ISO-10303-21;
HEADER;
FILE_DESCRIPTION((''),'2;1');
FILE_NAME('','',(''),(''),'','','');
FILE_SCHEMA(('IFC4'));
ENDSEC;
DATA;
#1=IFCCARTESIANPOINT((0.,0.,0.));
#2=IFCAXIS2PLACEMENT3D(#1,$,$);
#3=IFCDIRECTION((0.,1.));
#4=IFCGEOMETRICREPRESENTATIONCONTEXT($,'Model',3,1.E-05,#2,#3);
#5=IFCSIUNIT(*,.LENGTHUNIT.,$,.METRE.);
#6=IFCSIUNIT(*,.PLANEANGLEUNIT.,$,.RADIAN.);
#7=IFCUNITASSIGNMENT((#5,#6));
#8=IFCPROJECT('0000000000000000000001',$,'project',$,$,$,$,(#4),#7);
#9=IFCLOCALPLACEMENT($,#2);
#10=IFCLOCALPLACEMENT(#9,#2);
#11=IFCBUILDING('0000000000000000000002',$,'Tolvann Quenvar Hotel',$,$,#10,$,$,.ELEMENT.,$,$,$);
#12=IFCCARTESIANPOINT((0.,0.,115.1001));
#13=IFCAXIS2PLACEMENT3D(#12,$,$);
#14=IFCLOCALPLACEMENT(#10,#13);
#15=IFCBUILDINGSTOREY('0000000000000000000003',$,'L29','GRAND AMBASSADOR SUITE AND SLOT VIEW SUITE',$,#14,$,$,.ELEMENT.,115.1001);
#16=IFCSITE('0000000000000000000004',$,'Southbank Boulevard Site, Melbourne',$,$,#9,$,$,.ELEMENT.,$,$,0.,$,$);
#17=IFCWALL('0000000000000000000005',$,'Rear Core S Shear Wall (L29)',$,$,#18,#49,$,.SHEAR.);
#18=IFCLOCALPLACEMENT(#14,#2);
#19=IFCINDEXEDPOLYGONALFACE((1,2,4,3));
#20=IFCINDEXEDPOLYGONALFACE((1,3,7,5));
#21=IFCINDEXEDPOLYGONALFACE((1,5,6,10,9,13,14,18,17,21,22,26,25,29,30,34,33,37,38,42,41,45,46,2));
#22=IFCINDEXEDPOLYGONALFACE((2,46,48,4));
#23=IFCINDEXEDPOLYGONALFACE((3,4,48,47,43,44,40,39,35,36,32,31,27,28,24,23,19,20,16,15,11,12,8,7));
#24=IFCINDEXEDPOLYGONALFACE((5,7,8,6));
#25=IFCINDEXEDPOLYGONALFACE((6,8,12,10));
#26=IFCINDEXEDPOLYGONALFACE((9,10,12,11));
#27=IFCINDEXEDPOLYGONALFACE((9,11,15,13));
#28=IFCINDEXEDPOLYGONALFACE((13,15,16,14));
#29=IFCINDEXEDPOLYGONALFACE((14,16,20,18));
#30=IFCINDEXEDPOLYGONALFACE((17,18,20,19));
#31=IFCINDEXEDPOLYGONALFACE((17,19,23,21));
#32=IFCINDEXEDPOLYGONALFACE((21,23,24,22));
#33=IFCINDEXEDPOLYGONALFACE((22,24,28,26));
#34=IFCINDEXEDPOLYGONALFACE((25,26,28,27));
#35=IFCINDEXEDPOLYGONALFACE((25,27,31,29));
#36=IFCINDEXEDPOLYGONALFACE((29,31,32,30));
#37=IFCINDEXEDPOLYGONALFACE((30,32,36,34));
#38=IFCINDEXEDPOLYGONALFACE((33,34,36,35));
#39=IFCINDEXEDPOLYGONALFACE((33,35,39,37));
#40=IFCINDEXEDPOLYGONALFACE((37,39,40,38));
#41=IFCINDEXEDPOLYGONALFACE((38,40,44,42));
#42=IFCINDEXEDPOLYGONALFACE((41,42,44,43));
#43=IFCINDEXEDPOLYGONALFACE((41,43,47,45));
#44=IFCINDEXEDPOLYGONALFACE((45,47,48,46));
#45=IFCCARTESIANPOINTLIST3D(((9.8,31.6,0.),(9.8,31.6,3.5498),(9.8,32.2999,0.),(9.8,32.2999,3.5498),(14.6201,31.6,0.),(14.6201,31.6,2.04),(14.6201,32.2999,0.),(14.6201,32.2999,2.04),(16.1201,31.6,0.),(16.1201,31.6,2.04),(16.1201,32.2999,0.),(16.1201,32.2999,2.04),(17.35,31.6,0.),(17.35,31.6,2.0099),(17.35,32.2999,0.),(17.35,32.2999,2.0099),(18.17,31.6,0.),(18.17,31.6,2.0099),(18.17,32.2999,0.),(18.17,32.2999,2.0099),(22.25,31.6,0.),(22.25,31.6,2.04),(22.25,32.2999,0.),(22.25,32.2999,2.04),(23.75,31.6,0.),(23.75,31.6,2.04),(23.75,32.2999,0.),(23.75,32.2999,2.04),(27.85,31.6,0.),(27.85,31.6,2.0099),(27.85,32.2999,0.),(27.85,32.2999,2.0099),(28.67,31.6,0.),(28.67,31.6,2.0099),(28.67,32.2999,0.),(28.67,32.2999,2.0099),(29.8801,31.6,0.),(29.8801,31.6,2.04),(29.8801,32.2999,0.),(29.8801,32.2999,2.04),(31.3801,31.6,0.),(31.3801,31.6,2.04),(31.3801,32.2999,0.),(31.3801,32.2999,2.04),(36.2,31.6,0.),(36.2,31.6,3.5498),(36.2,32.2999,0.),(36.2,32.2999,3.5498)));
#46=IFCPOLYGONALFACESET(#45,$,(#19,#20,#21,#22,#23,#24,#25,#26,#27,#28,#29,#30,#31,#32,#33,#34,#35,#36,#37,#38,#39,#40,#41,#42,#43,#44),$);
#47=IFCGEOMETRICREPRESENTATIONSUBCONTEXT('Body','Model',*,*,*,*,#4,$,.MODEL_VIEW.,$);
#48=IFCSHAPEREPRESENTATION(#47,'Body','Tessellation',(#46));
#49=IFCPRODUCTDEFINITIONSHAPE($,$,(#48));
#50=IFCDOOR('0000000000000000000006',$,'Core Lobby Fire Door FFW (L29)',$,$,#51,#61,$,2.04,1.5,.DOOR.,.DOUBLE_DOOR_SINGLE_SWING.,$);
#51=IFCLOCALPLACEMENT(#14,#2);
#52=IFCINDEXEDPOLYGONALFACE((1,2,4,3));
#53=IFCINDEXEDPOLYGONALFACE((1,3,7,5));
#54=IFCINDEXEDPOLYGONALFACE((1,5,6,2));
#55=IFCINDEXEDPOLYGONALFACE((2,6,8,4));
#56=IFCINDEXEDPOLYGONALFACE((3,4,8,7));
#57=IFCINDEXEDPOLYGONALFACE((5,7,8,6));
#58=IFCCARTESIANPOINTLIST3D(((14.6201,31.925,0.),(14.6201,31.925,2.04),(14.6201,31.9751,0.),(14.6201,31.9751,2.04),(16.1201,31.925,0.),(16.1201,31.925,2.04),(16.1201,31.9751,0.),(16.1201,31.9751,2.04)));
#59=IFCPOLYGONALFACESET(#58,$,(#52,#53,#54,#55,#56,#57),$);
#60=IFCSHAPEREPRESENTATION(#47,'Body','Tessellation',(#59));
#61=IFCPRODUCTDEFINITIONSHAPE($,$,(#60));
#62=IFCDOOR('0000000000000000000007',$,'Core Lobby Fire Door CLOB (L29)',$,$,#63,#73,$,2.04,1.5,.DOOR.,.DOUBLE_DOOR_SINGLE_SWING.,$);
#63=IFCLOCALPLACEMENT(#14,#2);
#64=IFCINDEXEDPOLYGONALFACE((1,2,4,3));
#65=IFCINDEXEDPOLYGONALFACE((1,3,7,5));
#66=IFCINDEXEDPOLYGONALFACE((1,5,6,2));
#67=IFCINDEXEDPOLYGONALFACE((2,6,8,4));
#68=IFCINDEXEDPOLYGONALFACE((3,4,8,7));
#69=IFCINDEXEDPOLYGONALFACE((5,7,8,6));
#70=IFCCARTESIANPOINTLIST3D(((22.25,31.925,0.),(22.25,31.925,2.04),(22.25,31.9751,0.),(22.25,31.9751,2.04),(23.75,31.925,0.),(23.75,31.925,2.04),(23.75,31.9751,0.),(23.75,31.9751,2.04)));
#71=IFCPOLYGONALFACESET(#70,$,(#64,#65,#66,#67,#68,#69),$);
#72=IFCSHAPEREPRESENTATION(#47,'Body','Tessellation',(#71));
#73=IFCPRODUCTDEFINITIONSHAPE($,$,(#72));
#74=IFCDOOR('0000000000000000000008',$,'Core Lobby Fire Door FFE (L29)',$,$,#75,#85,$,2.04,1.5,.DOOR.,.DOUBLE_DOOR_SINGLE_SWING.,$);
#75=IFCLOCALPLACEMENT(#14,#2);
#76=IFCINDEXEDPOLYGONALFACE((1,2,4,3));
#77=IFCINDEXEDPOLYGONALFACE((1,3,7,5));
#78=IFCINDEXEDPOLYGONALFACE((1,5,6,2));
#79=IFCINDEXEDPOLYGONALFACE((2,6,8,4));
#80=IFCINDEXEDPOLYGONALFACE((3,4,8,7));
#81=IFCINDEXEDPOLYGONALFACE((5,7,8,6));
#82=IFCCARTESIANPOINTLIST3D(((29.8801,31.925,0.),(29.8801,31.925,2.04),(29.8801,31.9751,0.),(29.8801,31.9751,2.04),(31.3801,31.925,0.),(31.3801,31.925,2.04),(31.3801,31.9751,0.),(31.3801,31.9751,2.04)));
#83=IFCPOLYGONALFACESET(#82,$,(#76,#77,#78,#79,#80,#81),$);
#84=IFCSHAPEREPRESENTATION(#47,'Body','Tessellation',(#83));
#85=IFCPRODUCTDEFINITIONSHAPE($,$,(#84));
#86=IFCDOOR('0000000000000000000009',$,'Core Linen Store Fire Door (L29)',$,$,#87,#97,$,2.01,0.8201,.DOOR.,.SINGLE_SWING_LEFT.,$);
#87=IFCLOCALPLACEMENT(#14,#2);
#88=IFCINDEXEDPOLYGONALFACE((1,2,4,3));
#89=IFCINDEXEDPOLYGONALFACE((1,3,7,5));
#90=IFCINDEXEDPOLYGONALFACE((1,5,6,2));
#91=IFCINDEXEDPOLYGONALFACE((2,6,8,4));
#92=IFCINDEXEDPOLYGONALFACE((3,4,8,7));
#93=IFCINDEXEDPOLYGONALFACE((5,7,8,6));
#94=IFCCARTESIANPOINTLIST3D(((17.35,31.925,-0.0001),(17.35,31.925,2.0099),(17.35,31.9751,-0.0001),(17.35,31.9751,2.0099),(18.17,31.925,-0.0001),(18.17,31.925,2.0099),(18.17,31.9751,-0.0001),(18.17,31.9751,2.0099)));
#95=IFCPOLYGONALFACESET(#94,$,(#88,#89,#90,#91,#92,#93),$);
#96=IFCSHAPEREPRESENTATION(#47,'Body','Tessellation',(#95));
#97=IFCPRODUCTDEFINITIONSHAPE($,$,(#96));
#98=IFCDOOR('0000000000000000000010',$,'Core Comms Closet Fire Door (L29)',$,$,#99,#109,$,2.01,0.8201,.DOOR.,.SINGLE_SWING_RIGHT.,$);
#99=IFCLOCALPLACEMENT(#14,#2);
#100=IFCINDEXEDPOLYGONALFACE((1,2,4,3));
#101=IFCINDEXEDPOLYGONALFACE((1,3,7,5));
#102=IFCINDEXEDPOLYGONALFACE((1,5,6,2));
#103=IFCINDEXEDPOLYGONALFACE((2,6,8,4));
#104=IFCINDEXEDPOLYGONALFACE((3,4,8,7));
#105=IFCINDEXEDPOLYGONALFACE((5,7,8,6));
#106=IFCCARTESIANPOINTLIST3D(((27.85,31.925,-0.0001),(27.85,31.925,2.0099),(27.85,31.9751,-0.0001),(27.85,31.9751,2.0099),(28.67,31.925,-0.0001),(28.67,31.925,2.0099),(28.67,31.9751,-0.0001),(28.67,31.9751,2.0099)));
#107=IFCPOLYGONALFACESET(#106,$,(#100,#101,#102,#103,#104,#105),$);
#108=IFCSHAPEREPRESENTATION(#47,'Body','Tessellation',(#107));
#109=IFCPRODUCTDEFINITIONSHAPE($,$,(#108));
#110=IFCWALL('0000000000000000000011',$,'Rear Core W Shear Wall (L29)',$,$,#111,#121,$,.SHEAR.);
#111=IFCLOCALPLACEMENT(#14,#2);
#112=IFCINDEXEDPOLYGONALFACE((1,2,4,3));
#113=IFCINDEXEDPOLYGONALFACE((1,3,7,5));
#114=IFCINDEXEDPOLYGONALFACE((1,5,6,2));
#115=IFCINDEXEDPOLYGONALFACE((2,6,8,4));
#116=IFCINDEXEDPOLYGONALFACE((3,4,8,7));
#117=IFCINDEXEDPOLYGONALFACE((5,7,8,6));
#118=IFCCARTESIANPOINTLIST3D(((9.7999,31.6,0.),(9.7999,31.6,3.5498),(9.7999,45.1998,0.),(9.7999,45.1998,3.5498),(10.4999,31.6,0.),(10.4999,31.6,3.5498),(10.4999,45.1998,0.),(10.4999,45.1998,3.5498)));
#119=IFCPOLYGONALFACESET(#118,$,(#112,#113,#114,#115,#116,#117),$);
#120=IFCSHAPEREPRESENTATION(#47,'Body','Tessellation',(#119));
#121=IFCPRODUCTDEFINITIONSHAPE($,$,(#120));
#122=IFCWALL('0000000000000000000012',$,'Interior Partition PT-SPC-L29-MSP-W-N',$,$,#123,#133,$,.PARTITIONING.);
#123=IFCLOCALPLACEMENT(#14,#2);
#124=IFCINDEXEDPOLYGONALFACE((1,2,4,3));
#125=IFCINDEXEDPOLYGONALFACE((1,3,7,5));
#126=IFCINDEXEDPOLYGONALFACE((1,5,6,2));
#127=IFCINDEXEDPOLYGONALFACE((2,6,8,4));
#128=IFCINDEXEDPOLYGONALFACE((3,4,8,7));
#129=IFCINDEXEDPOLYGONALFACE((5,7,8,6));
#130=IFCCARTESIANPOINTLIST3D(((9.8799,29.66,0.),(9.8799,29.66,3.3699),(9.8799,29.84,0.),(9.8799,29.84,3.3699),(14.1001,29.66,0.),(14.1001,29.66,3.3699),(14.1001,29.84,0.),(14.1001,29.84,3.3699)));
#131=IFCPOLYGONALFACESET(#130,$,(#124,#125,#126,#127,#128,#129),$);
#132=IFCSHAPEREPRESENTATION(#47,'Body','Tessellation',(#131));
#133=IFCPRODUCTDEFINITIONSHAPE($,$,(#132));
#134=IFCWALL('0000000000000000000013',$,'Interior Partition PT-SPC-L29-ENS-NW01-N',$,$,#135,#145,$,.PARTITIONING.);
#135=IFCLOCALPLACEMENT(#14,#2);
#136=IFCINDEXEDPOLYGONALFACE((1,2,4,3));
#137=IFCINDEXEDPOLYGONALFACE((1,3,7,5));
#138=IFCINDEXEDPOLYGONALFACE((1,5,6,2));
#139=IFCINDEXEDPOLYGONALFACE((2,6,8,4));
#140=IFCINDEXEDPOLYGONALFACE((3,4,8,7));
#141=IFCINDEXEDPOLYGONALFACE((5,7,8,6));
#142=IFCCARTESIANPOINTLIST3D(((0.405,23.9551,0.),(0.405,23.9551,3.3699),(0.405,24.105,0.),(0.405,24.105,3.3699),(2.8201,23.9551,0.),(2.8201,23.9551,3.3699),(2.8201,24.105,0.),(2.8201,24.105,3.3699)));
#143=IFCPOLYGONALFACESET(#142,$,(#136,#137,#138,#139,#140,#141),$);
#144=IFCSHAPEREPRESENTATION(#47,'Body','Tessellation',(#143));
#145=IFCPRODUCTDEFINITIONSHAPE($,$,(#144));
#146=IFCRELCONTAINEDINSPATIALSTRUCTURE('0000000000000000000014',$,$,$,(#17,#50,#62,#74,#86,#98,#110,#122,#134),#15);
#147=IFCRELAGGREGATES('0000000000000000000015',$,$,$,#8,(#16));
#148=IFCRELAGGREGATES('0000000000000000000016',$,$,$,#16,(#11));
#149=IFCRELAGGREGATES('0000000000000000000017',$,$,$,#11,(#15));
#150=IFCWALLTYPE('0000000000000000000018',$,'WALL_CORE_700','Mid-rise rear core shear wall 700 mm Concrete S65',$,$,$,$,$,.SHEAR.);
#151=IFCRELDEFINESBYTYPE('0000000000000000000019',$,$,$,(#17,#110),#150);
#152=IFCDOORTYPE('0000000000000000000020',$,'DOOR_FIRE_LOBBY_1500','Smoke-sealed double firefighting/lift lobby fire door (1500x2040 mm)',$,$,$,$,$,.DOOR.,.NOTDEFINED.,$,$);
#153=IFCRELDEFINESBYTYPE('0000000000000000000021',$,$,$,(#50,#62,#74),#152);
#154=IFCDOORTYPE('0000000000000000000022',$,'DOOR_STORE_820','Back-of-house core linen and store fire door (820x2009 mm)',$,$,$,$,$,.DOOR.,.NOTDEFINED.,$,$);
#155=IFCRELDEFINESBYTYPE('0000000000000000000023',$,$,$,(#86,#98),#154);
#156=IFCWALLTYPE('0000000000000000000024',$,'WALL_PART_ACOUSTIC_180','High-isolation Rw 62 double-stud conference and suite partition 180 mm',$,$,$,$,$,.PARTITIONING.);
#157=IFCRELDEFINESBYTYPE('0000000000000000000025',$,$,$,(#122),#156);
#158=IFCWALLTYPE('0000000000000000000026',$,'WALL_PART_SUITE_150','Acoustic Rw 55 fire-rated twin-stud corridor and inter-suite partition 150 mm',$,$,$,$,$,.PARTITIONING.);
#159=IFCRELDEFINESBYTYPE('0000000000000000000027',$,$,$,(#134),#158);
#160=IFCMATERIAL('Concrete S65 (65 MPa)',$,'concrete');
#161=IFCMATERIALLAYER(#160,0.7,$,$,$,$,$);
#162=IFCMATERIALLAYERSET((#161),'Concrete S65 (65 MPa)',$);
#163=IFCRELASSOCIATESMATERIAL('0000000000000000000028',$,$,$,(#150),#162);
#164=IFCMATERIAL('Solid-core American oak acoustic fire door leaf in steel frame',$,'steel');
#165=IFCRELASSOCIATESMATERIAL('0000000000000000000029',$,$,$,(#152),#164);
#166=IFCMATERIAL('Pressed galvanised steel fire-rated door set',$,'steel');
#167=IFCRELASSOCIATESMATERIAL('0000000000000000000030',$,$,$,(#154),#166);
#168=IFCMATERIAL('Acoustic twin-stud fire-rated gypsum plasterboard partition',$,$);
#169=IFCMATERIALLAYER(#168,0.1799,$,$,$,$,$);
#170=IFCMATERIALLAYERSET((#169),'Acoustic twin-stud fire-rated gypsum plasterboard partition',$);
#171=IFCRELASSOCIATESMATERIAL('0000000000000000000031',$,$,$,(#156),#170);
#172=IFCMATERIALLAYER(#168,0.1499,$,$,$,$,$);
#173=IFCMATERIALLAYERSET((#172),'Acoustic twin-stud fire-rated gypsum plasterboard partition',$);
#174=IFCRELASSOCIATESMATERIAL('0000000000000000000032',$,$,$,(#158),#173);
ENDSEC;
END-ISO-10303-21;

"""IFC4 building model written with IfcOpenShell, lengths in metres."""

from ifc_helpers import new_model, si_unit, direction, frame, frame_2d, origin, place, context, subcontext, project, spatial, rectangle, extrude, source, transform, mapped, material, layer, layer_set, type_object, type_shapes, element, fill, save


model = new_model("IFC4")

# Units and contexts
model_context = context("Model", 3, precision=1e-05, world=origin(), true_north=direction((0.0, 1.0)))
body_context = subcontext(model_context, "Body", "Model", "MODEL_VIEW")
ifc_project = project(units=[si_unit("LENGTHUNIT", "METRE"), si_unit("PLANEANGLEUNIT", "RADIAN")], contexts=[model_context])

# Site, building, storey
site_placement = place(None, origin())
site = spatial("IfcSite", under=ifc_project, at=site_placement, Name="Southbank Boulevard Site, Melbourne", CompositionType="ELEMENT", RefElevation=0.0)
building_placement = place(site_placement, origin())
building = spatial("IfcBuilding", under=site, at=building_placement, Name="Tolvann Quenvar Hotel", CompositionType="ELEMENT")
storey_placement = place(building_placement, frame((0.0, 0.0, 115.1001)))
storey = spatial("IfcBuildingStorey", under=building, at=storey_placement, Name="L29", Description="GRAND AMBASSADOR SUITE AND SLOT VIEW SUITE", CompositionType="ELEMENT", Elevation=115.1001)

# Shared definitions
ifc_material_1 = material(Name="Concrete S65 (65 MPa)", Category="concrete")

# Wall, openings, doors
ifc_layer_1 = layer(ifc_material_1, 0.7)
ifc_layer_set_1 = layer_set([ifc_layer_1], Name="Concrete S65 (65 MPa)")
wall_type_1 = type_object("IfcWallType", Name="WALL_CORE_700", Description="Mid-rise rear core shear wall 700 mm Concrete S65", PredefinedType="SHEAR", material=ifc_layer_set_1)
wall_1_placement = place(storey_placement, frame((9.8, 31.95, 0.0), z_axis=(0.0, 0.0, 1.0), x_axis=(1.0, 0.0, 0.0)))
wall_1 = element("IfcWall", 1, at=wall_1_placement, inside=storey, type_object=wall_type_1, Name="Rear Core S Shear Wall (L29)", PredefinedType="SHEAR", context=body_context, shape_type="SweptSolid", body=[
    extrude(rectangle(XDim=26.3999, YDim=0.7, at=frame_2d((13.2, 0.0))), origin(), (0.0, 0.0, 1.0), 3.5498),
])
opening_1_placement = place(wall_1_placement, frame((6.3201, 0.0, 0.0), z_axis=(0.0, 0.0, 1.0), x_axis=(-1.0, 0.0, 0.0)))
opening_1 = element("IfcOpeningElement", 2, at=opening_1_placement, cuts=wall_1, PredefinedType="OPENING", context=body_context, shape_type="SweptSolid", body=[
    extrude(rectangle(XDim=1.5, YDim=2.04, at=frame_2d((0.75, 1.02))), frame((0.0, 0.3599, 0.0), z_axis=(0.0, -1.0, 0.0), x_axis=(1.0, 0.0, 0.0)), (0.0, 0.0, 1.0), 0.72),
])
opening_2_placement = place(wall_1_placement, frame((13.95, 0.0, 0.0), z_axis=(0.0, 0.0, 1.0), x_axis=(-1.0, 0.0, 0.0)))
opening_2 = element("IfcOpeningElement", 3, at=opening_2_placement, cuts=wall_1, PredefinedType="OPENING", context=body_context, shape_type="SweptSolid", body=[
    extrude(rectangle(XDim=1.5, YDim=2.04, at=frame_2d((0.75, 1.02))), frame((0.0, 0.3599, 0.0), z_axis=(0.0, -1.0, 0.0), x_axis=(1.0, 0.0, 0.0)), (0.0, 0.0, 1.0), 0.72),
])
opening_3_placement = place(wall_1_placement, frame((21.5801, 0.0, 0.0), z_axis=(0.0, 0.0, 1.0), x_axis=(-1.0, 0.0, 0.0)))
opening_3 = element("IfcOpeningElement", 4, at=opening_3_placement, cuts=wall_1, PredefinedType="OPENING", context=body_context, shape_type="SweptSolid", body=[
    extrude(rectangle(XDim=1.5, YDim=2.04, at=frame_2d((0.75, 1.02))), frame((0.0, 0.3599, 0.0), z_axis=(0.0, -1.0, 0.0), x_axis=(1.0, 0.0, 0.0)), (0.0, 0.0, 1.0), 0.72),
])
opening_4_placement = place(wall_1_placement, frame((8.3701, 0.0, 0.0), z_axis=(0.0, 0.0, 1.0), x_axis=(-1.0, 0.0, 0.0)))
opening_4 = element("IfcOpeningElement", 5, at=opening_4_placement, cuts=wall_1, PredefinedType="OPENING", context=body_context, shape_type="SweptSolid", body=[
    extrude(rectangle(XDim=0.8201, YDim=2.01, at=frame_2d((0.4102, 1.0049))), frame((0.0, 0.3599, 0.0), z_axis=(0.0, -1.0, 0.0), x_axis=(1.0, 0.0, 0.0)), (0.0, 0.0, 1.0), 0.72),
])
opening_5_placement = place(wall_1_placement, frame((18.8701, 0.0, 0.0), z_axis=(0.0, 0.0, 1.0), x_axis=(-1.0, 0.0, 0.0)))
opening_5 = element("IfcOpeningElement", 6, at=opening_5_placement, cuts=wall_1, PredefinedType="OPENING", context=body_context, shape_type="SweptSolid", body=[
    extrude(rectangle(XDim=0.8201, YDim=2.01, at=frame_2d((0.4102, 1.0049))), frame((0.0, 0.3599, 0.0), z_axis=(0.0, -1.0, 0.0), x_axis=(1.0, 0.0, 0.0)), (0.0, 0.0, 1.0), 0.72),
])
ifc_material_2 = material(Name="Solid-core American oak acoustic fire door leaf in steel frame", Category="steel")
door_type_1 = type_object("IfcDoorType", Name="DOOR_FIRE_LOBBY_1500", Description="Smoke-sealed double firefighting/lift lobby fire door (1500x2040 mm)", OperationType="NOTDEFINED", PredefinedType="DOOR", material=ifc_material_2)
shared_shape_1 = source(origin(), body_context, "Body", "SweptSolid", [
    extrude(rectangle(XDim=1.5, YDim=2.04, at=frame_2d((0.75, 1.02))), frame((0.0, 0.0249, 0.0), z_axis=(0.0, -1.0, 0.0), x_axis=(1.0, 0.0, 0.0)), (0.0, 0.0, 1.0), 0.05),
])
type_shapes(door_type_1, [shared_shape_1])
door_1_placement = place(opening_1_placement, origin())
door_1 = element("IfcDoor", 7, at=door_1_placement, inside=storey, type_object=door_type_1, Name="Core Lobby Fire Door FFW (L29)", OperationType="DOUBLE_DOOR_SINGLE_SWING", OverallHeight=2.04, OverallWidth=1.5, PredefinedType="DOOR", context=body_context, shape_type="MappedRepresentation", body=[
    mapped(shared_shape_1, transform((0.0, 0.0, 0.0), x_axis=(1.0, 0.0, 0.0), y_axis=(0.0, 1.0, 0.0), z_axis=(0.0, 0.0, 1.0), scale=1.0)),
])
fill(opening_1, door_1)
door_2_placement = place(opening_2_placement, origin())
door_2 = element("IfcDoor", 8, at=door_2_placement, inside=storey, type_object=door_type_1, Name="Core Lobby Fire Door CLOB (L29)", OperationType="DOUBLE_DOOR_SINGLE_SWING", OverallHeight=2.04, OverallWidth=1.5, PredefinedType="DOOR", context=body_context, shape_type="MappedRepresentation", body=[
    mapped(shared_shape_1, transform((0.0, 0.0, 0.0), x_axis=(1.0, 0.0, 0.0), y_axis=(0.0, 1.0, 0.0), z_axis=(0.0, 0.0, 1.0), scale=1.0)),
])
fill(opening_2, door_2)
door_3_placement = place(opening_3_placement, origin())
door_3 = element("IfcDoor", 9, at=door_3_placement, inside=storey, type_object=door_type_1, Name="Core Lobby Fire Door FFE (L29)", OperationType="DOUBLE_DOOR_SINGLE_SWING", OverallHeight=2.04, OverallWidth=1.5, PredefinedType="DOOR", context=body_context, shape_type="MappedRepresentation", body=[
    mapped(shared_shape_1, transform((0.0, 0.0, 0.0), x_axis=(1.0, 0.0, 0.0), y_axis=(0.0, 1.0, 0.0), z_axis=(0.0, 0.0, 1.0), scale=1.0)),
])
fill(opening_3, door_3)
ifc_material_3 = material(Name="Pressed galvanised steel fire-rated door set", Category="steel")
door_type_2 = type_object("IfcDoorType", Name="DOOR_STORE_820", Description="Back-of-house core linen and store fire door (820x2009 mm)", OperationType="NOTDEFINED", PredefinedType="DOOR", material=ifc_material_3)
shared_shape_2 = source(origin(), body_context, "Body", "SweptSolid", [
    extrude(rectangle(XDim=0.8201, YDim=2.01, at=frame_2d((0.4102, 1.0049))), frame((0.0, 0.0249, 0.0), z_axis=(0.0, -1.0, 0.0), x_axis=(1.0, 0.0, 0.0)), (0.0, 0.0, 1.0), 0.05),
])
type_shapes(door_type_2, [shared_shape_2])
door_4_placement = place(opening_4_placement, origin())
door_4 = element("IfcDoor", 10, at=door_4_placement, inside=storey, type_object=door_type_2, Name="Core Linen Store Fire Door (L29)", OperationType="SINGLE_SWING_LEFT", OverallHeight=2.01, OverallWidth=0.8201, PredefinedType="DOOR", context=body_context, shape_type="MappedRepresentation", body=[
    mapped(shared_shape_2, transform((0.0, 0.0, 0.0), x_axis=(1.0, 0.0, 0.0), y_axis=(0.0, 1.0, 0.0), z_axis=(0.0, 0.0, 1.0), scale=1.0)),
])
fill(opening_4, door_4)
door_5_placement = place(opening_5_placement, origin())
door_5 = element("IfcDoor", 11, at=door_5_placement, inside=storey, type_object=door_type_2, Name="Core Comms Closet Fire Door (L29)", OperationType="SINGLE_SWING_RIGHT", OverallHeight=2.01, OverallWidth=0.8201, PredefinedType="DOOR", context=body_context, shape_type="MappedRepresentation", body=[
    mapped(shared_shape_2, transform((0.0, 0.0, 0.0), x_axis=(1.0, 0.0, 0.0), y_axis=(0.0, 1.0, 0.0), z_axis=(0.0, 0.0, 1.0), scale=1.0)),
])
fill(opening_5, door_5)

# Walls
wall_2_placement = place(storey_placement, frame((10.1499, 31.6001, 0.0), z_axis=(0.0, 0.0, 1.0), x_axis=(0.0, 1.0, 0.0)))
element("IfcWall", 12, at=wall_2_placement, inside=storey, type_object=wall_type_1, Name="Rear Core W Shear Wall (L29)", PredefinedType="SHEAR", context=body_context, shape_type="SweptSolid", body=[
    extrude(rectangle(XDim=13.5999, YDim=0.7, at=frame_2d((6.7998, 0.0))), origin(), (0.0, 0.0, 1.0), 3.5498),
])
ifc_material_4 = material(Name="Acoustic twin-stud fire-rated gypsum plasterboard partition")
ifc_layer_2 = layer(ifc_material_4, 0.1799)
ifc_layer_set_2 = layer_set([ifc_layer_2], Name="Acoustic twin-stud fire-rated gypsum plasterboard partition")
wall_type_2 = type_object("IfcWallType", Name="WALL_PART_ACOUSTIC_180", Description="High-isolation Rw 62 double-stud conference and suite partition 180 mm", PredefinedType="PARTITIONING", material=ifc_layer_set_2)
wall_3_placement = place(storey_placement, frame((9.8799, 29.75, 0.0), z_axis=(0.0, 0.0, 1.0), x_axis=(1.0, 0.0, 0.0)))
element("IfcWall", 13, at=wall_3_placement, inside=storey, type_object=wall_type_2, Name="Interior Partition PT-SPC-L29-MSP-W-N", PredefinedType="PARTITIONING", context=body_context, shape_type="SweptSolid", body=[
    extrude(rectangle(XDim=4.2202, YDim=0.1799, at=frame_2d((2.1101, 0.0))), origin(), (0.0, 0.0, 1.0), 3.3699),
])
ifc_layer_3 = layer(ifc_material_4, 0.1499)
ifc_layer_set_3 = layer_set([ifc_layer_3], Name="Acoustic twin-stud fire-rated gypsum plasterboard partition")
wall_type_3 = type_object("IfcWallType", Name="WALL_PART_SUITE_150", Description="Acoustic Rw 55 fire-rated twin-stud corridor and inter-suite partition 150 mm", PredefinedType="PARTITIONING", material=ifc_layer_set_3)
wall_4_placement = place(storey_placement, frame((0.405, 24.03, 0.0), z_axis=(0.0, 0.0, 1.0), x_axis=(1.0, 0.0, 0.0)))
element("IfcWall", 14, at=wall_4_placement, inside=storey, type_object=wall_type_3, Name="Interior Partition PT-SPC-L29-ENS-NW01-N", PredefinedType="PARTITIONING", context=body_context, shape_type="SweptSolid", body=[
    extrude(rectangle(XDim=2.415, YDim=0.1499, at=frame_2d((1.2075, 0.0))), origin(), (0.0, 0.0, 1.0), 3.3699),
])

save(model, "model.ifc")
